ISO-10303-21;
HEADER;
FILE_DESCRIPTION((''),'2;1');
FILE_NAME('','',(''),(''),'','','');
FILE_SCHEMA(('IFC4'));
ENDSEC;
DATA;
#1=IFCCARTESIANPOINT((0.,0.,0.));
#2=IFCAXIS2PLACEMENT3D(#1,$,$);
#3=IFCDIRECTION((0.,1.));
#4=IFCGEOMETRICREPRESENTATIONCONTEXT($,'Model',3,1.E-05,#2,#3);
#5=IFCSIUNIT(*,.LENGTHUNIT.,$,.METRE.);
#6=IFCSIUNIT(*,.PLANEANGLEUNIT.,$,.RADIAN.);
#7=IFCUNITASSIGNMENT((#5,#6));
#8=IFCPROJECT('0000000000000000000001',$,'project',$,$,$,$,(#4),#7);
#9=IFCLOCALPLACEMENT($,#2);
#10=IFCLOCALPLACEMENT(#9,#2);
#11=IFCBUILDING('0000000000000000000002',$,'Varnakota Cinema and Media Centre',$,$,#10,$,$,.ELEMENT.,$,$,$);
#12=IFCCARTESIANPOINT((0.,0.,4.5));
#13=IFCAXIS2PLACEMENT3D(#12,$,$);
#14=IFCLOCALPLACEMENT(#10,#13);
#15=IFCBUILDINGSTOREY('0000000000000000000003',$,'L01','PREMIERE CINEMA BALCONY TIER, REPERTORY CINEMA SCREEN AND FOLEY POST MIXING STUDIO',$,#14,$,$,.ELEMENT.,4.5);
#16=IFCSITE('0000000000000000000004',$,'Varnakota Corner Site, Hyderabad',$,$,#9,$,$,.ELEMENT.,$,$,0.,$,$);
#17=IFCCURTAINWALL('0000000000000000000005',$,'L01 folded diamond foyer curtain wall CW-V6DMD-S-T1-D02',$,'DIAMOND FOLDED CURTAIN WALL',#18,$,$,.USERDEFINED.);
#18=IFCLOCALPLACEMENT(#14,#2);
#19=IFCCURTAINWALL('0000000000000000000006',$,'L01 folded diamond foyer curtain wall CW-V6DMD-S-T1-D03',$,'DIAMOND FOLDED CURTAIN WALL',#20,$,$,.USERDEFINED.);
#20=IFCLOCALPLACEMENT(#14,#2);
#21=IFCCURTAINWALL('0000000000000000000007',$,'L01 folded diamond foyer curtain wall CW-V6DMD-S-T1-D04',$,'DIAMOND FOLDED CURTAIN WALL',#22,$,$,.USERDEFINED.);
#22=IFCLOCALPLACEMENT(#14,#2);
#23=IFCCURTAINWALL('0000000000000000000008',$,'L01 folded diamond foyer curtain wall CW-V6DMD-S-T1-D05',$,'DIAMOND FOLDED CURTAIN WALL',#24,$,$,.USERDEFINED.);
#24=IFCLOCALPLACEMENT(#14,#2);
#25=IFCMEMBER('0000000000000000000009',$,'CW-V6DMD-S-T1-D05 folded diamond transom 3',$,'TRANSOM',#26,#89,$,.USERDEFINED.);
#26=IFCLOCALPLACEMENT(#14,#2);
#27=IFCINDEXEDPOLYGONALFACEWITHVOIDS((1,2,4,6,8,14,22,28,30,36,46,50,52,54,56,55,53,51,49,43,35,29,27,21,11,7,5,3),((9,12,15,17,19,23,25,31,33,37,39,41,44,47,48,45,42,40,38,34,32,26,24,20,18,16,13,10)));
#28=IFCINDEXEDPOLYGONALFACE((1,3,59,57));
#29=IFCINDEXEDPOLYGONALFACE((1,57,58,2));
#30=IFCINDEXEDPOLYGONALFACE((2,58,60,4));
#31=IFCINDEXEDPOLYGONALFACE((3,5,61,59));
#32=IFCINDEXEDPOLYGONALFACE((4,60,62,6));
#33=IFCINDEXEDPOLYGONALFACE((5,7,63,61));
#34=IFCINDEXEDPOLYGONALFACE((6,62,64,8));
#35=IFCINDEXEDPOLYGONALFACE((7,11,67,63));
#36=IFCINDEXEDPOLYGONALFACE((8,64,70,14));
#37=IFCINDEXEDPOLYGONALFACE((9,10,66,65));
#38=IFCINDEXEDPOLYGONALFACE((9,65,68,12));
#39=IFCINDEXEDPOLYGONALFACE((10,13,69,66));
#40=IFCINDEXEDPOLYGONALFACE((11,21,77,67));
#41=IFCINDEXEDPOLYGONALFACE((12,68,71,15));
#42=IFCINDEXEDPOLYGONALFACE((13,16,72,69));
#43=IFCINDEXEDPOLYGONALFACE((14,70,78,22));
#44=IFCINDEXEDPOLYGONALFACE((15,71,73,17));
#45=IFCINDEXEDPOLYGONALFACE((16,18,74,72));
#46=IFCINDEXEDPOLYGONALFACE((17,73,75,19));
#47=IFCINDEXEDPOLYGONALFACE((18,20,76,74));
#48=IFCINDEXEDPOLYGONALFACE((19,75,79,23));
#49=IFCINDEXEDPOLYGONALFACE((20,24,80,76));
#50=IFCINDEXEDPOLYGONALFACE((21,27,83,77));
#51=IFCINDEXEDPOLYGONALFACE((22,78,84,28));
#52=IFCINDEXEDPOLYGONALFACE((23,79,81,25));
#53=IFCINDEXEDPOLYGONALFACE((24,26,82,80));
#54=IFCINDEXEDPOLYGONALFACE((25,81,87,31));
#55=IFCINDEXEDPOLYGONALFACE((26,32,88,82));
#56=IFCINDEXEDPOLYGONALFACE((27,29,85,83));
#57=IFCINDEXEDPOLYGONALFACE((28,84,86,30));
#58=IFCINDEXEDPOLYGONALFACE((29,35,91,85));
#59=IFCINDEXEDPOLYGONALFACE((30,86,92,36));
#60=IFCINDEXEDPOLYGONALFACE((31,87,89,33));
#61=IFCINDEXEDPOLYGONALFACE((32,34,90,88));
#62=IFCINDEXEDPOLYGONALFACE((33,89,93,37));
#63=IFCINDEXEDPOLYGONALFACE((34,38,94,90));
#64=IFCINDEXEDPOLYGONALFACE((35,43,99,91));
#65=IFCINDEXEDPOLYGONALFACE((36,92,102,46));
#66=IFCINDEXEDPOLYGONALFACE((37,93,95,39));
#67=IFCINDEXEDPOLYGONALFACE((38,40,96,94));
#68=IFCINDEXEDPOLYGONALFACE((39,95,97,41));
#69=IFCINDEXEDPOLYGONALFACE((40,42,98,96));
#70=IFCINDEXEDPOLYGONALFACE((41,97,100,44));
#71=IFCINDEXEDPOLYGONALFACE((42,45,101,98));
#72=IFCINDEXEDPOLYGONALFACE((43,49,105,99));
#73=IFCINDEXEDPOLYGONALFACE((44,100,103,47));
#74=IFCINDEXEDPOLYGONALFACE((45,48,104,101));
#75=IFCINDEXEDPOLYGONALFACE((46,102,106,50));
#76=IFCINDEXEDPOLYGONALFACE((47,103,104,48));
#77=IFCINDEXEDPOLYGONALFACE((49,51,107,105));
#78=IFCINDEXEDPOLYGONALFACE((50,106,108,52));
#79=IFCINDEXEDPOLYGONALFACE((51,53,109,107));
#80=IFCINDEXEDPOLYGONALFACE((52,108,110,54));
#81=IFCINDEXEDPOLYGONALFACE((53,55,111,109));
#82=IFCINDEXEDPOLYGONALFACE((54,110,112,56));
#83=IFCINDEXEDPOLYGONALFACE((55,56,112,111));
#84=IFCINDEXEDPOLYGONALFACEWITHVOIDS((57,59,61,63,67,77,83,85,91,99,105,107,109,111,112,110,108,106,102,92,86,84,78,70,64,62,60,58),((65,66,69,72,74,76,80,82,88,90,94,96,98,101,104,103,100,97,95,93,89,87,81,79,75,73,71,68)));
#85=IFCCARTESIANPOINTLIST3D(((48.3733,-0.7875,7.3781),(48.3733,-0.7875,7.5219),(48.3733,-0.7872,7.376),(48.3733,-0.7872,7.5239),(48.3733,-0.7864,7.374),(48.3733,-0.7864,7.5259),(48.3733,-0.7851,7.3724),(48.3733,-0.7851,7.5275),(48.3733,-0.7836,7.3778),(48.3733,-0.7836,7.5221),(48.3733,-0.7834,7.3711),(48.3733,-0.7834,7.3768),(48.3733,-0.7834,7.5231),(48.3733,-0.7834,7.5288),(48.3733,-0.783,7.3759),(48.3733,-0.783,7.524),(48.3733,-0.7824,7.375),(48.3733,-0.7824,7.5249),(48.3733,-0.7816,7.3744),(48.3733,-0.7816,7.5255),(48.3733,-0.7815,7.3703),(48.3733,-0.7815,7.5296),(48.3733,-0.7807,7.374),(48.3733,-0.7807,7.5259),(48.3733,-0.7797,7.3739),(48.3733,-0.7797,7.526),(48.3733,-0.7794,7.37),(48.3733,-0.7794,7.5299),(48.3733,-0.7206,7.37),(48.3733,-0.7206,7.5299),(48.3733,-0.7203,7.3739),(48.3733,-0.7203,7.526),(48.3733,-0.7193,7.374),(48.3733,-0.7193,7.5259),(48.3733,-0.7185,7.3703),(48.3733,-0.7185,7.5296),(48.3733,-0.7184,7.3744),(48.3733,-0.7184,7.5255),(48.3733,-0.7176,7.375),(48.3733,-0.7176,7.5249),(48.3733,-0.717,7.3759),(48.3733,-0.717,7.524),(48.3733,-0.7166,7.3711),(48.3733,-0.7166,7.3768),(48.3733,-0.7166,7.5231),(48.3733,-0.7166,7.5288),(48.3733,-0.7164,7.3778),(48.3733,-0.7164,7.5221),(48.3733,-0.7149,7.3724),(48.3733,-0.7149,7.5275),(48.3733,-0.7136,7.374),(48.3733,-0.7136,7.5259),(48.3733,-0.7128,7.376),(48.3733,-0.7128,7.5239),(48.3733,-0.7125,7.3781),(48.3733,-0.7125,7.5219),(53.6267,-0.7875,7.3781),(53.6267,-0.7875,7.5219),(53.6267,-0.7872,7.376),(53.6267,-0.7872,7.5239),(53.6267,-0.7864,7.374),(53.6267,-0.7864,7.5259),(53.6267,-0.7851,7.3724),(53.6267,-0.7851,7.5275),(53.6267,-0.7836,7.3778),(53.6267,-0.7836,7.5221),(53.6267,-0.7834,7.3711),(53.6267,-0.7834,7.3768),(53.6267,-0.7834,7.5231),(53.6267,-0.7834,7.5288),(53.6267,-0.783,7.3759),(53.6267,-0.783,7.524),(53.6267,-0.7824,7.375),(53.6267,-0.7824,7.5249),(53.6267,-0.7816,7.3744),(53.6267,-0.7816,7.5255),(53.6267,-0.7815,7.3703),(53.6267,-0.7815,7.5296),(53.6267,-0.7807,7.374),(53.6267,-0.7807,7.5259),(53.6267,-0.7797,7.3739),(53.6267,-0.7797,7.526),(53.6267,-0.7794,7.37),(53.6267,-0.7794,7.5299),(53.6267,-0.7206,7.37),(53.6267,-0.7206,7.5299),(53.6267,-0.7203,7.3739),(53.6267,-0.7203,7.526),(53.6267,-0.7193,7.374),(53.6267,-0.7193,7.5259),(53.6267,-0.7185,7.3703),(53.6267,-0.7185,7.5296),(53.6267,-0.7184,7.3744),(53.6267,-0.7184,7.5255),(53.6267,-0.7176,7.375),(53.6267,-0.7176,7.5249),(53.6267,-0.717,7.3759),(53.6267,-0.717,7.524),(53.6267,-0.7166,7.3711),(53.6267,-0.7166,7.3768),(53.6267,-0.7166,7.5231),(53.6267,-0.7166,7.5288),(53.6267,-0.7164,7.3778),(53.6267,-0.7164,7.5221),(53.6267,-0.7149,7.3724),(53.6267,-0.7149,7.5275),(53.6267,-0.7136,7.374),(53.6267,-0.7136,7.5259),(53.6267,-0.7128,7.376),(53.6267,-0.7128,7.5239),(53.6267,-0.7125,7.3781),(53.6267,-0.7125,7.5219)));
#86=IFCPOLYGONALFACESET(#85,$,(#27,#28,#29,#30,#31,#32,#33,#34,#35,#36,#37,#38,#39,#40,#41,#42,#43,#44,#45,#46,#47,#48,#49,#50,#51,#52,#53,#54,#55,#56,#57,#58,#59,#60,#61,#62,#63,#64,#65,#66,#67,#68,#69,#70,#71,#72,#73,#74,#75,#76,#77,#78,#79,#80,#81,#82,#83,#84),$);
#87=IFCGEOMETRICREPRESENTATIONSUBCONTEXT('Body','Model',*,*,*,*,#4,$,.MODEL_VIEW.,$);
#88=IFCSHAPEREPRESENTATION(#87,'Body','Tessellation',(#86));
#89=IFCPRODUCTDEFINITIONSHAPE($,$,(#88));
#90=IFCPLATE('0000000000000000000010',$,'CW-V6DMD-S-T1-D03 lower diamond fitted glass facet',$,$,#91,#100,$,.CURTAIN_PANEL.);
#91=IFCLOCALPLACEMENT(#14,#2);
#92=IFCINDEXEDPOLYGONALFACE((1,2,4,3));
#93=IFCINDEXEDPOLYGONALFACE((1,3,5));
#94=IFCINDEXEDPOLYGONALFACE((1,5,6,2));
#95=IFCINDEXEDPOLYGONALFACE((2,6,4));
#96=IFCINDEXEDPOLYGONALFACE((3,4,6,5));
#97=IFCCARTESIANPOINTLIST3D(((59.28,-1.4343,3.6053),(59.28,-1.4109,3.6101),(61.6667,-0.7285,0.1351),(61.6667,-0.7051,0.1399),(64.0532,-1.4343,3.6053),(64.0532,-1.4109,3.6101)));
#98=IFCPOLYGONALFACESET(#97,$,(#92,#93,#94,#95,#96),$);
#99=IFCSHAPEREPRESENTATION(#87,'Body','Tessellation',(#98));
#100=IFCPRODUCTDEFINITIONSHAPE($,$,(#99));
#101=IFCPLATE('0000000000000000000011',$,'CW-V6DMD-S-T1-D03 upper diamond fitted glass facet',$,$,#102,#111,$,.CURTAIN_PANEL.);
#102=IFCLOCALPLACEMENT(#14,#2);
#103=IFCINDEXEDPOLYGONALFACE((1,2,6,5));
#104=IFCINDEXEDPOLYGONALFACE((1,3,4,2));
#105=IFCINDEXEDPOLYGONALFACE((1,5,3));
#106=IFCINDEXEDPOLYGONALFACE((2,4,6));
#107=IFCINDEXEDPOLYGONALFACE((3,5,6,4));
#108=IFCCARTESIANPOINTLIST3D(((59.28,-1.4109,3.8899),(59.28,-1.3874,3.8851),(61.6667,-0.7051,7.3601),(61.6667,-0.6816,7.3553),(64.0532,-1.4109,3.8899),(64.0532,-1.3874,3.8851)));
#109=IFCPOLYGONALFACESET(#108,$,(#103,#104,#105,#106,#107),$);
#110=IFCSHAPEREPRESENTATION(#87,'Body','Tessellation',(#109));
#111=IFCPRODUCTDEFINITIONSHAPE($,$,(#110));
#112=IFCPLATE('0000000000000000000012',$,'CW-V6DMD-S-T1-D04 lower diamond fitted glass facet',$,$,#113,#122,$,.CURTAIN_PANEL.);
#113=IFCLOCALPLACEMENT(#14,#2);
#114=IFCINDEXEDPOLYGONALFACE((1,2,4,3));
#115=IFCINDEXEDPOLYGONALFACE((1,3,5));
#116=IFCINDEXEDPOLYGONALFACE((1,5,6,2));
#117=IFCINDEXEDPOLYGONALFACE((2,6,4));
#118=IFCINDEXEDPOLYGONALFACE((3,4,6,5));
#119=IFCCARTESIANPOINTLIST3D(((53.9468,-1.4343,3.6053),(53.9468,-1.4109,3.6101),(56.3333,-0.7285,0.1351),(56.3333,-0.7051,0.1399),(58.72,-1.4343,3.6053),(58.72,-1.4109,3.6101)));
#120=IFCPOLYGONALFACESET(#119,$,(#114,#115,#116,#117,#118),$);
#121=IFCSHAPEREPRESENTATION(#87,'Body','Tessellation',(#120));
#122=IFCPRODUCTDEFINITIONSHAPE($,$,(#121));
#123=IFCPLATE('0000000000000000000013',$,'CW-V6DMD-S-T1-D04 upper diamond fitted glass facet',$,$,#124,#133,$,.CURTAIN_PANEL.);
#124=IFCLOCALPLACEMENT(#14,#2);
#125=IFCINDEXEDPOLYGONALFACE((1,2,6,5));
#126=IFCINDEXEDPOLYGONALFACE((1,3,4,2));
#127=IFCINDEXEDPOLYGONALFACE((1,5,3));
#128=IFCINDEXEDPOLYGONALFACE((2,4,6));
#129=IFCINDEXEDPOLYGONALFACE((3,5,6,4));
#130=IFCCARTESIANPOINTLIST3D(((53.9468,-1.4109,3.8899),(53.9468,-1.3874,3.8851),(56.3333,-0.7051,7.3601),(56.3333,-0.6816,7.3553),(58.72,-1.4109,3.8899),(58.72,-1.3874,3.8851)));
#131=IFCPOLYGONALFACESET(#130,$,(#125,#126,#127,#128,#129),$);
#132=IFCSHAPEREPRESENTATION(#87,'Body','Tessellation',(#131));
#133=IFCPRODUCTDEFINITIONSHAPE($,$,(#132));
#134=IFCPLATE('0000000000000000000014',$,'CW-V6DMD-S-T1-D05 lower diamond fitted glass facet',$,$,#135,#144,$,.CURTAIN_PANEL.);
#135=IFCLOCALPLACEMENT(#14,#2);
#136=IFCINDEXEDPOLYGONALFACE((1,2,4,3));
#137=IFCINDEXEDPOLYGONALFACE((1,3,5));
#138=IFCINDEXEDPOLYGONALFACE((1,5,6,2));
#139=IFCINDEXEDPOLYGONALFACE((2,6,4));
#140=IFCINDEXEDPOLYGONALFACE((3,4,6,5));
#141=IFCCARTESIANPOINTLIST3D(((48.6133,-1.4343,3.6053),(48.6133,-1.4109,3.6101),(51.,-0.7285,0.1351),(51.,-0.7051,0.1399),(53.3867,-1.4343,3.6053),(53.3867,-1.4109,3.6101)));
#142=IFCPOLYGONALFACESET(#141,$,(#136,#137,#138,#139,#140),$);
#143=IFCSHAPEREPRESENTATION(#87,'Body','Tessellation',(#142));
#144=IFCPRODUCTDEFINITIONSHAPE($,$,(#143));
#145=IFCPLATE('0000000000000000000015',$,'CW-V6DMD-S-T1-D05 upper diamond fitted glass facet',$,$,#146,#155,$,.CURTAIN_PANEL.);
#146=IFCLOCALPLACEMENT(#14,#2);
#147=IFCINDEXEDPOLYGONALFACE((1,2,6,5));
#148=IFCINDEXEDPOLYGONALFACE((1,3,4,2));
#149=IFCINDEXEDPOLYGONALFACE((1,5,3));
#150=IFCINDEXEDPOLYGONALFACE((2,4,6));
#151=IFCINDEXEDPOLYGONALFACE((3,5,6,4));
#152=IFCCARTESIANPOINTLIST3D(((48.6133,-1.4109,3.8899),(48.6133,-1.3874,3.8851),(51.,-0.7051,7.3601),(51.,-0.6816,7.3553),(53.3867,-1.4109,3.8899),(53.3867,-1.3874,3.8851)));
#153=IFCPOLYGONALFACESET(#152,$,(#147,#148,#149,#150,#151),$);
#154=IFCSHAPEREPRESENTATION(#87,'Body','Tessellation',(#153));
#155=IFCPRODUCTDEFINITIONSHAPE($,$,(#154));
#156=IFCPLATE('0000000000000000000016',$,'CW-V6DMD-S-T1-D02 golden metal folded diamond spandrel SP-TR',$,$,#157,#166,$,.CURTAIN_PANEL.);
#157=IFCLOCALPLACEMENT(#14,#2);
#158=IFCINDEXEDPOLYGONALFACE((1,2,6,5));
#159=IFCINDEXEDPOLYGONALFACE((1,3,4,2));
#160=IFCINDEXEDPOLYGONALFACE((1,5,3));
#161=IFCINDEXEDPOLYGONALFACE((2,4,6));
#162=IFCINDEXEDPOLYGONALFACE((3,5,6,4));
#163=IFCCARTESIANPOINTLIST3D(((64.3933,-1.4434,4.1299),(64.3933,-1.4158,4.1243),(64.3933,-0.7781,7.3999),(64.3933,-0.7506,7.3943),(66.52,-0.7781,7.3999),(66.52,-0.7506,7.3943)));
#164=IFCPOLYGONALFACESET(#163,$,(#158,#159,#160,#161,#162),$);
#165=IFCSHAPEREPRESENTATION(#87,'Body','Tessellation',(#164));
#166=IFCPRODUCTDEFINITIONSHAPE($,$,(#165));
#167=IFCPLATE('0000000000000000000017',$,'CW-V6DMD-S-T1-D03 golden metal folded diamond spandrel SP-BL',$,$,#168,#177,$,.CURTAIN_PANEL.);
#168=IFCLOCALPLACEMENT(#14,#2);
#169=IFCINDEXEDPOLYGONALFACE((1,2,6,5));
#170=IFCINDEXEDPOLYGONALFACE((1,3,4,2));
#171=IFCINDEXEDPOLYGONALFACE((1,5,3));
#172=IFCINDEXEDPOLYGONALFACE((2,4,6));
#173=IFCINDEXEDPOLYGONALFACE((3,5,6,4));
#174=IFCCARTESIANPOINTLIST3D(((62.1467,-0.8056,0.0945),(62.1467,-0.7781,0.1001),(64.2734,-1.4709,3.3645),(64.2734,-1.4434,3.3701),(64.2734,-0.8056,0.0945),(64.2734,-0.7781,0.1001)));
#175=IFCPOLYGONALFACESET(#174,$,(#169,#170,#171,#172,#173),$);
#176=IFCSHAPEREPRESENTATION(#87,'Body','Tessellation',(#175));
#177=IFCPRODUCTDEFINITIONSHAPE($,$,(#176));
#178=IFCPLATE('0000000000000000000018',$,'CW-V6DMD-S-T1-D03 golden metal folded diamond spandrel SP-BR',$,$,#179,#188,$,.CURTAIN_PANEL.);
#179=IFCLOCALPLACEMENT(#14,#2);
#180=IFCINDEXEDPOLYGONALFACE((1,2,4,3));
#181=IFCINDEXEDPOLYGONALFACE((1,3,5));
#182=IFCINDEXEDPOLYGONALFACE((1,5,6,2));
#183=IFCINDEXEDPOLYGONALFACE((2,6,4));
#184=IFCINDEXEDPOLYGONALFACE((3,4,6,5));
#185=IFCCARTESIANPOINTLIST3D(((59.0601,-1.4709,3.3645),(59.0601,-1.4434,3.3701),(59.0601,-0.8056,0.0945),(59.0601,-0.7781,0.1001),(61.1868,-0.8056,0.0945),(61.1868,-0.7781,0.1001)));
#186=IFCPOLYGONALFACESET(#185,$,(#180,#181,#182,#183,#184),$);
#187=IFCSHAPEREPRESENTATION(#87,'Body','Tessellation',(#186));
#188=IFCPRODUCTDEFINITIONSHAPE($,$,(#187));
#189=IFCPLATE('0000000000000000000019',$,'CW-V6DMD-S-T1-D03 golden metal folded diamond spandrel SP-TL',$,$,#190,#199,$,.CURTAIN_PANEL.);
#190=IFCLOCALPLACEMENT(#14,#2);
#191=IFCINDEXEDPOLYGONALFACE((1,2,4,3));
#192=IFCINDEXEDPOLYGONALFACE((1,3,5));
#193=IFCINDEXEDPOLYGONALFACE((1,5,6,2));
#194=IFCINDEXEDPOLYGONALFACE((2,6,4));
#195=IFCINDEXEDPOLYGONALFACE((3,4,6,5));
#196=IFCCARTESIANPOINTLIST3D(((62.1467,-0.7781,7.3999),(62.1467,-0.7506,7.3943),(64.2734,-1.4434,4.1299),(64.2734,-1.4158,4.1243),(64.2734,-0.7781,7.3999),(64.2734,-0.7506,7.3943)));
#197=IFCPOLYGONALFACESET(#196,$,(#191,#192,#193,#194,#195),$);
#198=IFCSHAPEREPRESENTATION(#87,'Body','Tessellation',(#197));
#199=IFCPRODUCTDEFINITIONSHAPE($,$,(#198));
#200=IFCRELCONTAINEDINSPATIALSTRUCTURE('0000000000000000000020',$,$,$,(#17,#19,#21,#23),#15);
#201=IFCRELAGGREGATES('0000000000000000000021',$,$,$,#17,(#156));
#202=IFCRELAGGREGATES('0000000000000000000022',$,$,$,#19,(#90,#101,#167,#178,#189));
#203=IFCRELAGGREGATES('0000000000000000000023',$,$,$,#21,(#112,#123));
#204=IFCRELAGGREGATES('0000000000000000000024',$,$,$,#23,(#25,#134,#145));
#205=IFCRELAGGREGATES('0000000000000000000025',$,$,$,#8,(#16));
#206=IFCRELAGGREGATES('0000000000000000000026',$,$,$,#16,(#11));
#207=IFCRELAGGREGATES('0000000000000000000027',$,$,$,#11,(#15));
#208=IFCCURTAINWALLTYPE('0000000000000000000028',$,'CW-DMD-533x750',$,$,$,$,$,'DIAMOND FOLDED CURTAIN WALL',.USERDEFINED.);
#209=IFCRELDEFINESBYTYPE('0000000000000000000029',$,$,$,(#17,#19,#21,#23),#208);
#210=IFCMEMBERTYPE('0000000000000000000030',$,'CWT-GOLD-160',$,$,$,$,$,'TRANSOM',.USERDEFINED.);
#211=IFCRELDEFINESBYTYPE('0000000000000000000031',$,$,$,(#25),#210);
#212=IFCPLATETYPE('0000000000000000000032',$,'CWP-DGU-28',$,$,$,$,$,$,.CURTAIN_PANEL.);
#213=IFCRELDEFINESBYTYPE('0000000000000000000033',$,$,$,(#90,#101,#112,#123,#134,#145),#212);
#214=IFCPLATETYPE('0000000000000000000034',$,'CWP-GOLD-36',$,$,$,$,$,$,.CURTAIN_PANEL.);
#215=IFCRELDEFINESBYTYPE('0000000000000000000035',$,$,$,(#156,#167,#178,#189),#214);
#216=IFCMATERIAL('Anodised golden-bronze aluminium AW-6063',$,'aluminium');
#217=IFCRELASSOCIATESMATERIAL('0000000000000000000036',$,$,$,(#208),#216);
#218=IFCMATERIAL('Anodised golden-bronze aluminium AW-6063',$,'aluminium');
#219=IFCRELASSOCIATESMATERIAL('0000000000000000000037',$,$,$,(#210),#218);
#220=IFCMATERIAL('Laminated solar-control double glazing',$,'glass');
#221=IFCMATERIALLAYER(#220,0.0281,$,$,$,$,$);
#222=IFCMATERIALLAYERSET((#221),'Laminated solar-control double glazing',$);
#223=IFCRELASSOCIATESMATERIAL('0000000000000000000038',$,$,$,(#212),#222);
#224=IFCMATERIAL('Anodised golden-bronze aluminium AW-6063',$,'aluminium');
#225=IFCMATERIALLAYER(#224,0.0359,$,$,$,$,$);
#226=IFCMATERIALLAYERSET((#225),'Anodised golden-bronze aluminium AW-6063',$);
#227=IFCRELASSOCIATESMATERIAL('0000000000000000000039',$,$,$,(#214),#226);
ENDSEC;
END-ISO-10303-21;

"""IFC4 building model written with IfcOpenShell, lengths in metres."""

from ifc_helpers import new_model, si_unit, direction, frame, origin, origin_2d, place, context, subcontext, project, spatial, polyline, hollow_rectangle, outline, extrude, material, layer, layer_set, material_profile, profile_set, type_object, element, aggregate, save


model = new_model("IFC4")

# Units and contexts
model_context = context("Model", 3, precision=1e-05, world=origin(), true_north=direction((0.0, 1.0)))
body_context = subcontext(model_context, "Body", "Model", "MODEL_VIEW")
ifc_project = project(units=[si_unit("LENGTHUNIT", "METRE"), si_unit("PLANEANGLEUNIT", "RADIAN")], contexts=[model_context])

# Site, building, storey
site_placement = place(None, origin())
site = spatial("IfcSite", under=ifc_project, at=site_placement, Name="Varnakota Corner Site, Hyderabad", CompositionType="ELEMENT", RefElevation=0.0)
building_placement = place(site_placement, origin())
building = spatial("IfcBuilding", under=site, at=building_placement, Name="Varnakota Cinema and Media Centre", CompositionType="ELEMENT")
storey_placement = place(building_placement, frame((0.0, 0.0, 4.5)))
storey = spatial("IfcBuildingStorey", under=building, at=storey_placement, Name="L01", Description="PREMIERE CINEMA BALCONY TIER, REPERTORY CINEMA SCREEN AND FOLEY POST MIXING STUDIO", CompositionType="ELEMENT", Elevation=4.5)

# Curtain wall
ifc_material_1 = material(Name="Anodised golden-bronze aluminium AW-6063", Category="aluminium")
curtain_wall_type = type_object("IfcCurtainWallType", Name="CW-DMD-533x750", ElementType="DIAMOND FOLDED CURTAIN WALL", PredefinedType="USERDEFINED", material=ifc_material_1)
curtain_wall_1_placement = place(storey_placement, origin())
curtain_wall_1 = element("IfcCurtainWall", 1, at=curtain_wall_1_placement, inside=storey, type_object=curtain_wall_type, Name="L01 folded diamond foyer curtain wall CW-V6DMD-S-T1-D02", ObjectType="DIAMOND FOLDED CURTAIN WALL", PredefinedType="USERDEFINED")

# Curtain walls
curtain_wall_2_placement = place(storey_placement, origin())
curtain_wall_2 = element("IfcCurtainWall", 2, at=curtain_wall_2_placement, inside=storey, type_object=curtain_wall_type, Name="L01 folded diamond foyer curtain wall CW-V6DMD-S-T1-D03", ObjectType="DIAMOND FOLDED CURTAIN WALL", PredefinedType="USERDEFINED")
curtain_wall_3_placement = place(storey_placement, origin())
curtain_wall_3 = element("IfcCurtainWall", 3, at=curtain_wall_3_placement, inside=storey, type_object=curtain_wall_type, Name="L01 folded diamond foyer curtain wall CW-V6DMD-S-T1-D04", ObjectType="DIAMOND FOLDED CURTAIN WALL", PredefinedType="USERDEFINED")

# Curtain wall
curtain_wall_4_placement = place(storey_placement, origin())
curtain_wall_4 = element("IfcCurtainWall", 4, at=curtain_wall_4_placement, inside=storey, type_object=curtain_wall_type, Name="L01 folded diamond foyer curtain wall CW-V6DMD-S-T1-D05", ObjectType="DIAMOND FOLDED CURTAIN WALL", PredefinedType="USERDEFINED")

# Member
ifc_material_2 = material(Name="Anodised golden-bronze aluminium AW-6063", Category="aluminium")
ifc_material_profile_1 = material_profile(ifc_material_2, hollow_rectangle(XDim=0.075, YDim=0.1599, WallThickness=0.0039, InnerFilletRadius=0.0039, OuterFilletRadius=0.0081, at=origin_2d()), Name="AL-TRANSOM 160x75x4")
ifc_profile_set_1 = profile_set([ifc_material_profile_1], Name="Anodised golden-bronze aluminium AW-6063")
member_type_1 = type_object("IfcMemberType", Name="CWT-GOLD-160", ElementType="TRANSOM", PredefinedType="USERDEFINED", material=ifc_profile_set_1)
member_1_placement = place(storey_placement, frame((53.6267, -0.75, 7.45), z_axis=(-1.0, 0.0, 0.0), x_axis=(0.0, -1.0, 0.0)))
member_1 = element("IfcMember", 5, at=member_1_placement, type_object=member_type_1, Name="CW-V6DMD-S-T1-D05 folded diamond transom 3", ObjectType="TRANSOM", PredefinedType="USERDEFINED", context=body_context, shape_type="SweptSolid", body=[
    extrude(hollow_rectangle(XDim=0.075, YDim=0.1599, WallThickness=0.0039, InnerFilletRadius=0.0039, OuterFilletRadius=0.0081, at=origin_2d()), origin(), (0.0, 0.0, 1.0), 5.2534),
])

# Plates
ifc_material_3 = material(Name="Laminated solar-control double glazing", Category="glass")
ifc_layer_1 = layer(ifc_material_3, 0.0281)
ifc_layer_set_1 = layer_set([ifc_layer_1], Name="Laminated solar-control double glazing")
plate_type_1 = type_object("IfcPlateType", Name="CWP-DGU-28", PredefinedType="CURTAIN_PANEL", material=ifc_layer_set_1)
plate_1_placement = place(storey_placement, frame((64.0532, -1.4109, 3.6101), z_axis=(0.0, 0.979936, 0.19931), x_axis=(-0.558849, 0.165282, -0.812632)))
plate_1 = element("IfcPlate", 6, at=plate_1_placement, type_object=plate_type_1, Name="CW-V6DMD-S-T1-D03 lower diamond fitted glass facet", PredefinedType="CURTAIN_PANEL", context=body_context, shape_type="SweptSolid", body=[
    extrude(outline(polyline([(0.0, 0.0), (4.2703, 0.0), (2.6675, 3.9583), (0.0, 0.0)])), origin(), (0.0, 0.0, -1.0), 0.0239),
])
plate_2_placement = place(storey_placement, frame((64.0532, -1.4109, 3.8899), z_axis=(0.0, -0.979936, 0.19931), x_axis=(-1.0, 0.0, 0.0)))
plate_2 = element("IfcPlate", 7, at=plate_2_placement, type_object=plate_type_1, Name="CW-V6DMD-S-T1-D03 upper diamond fitted glass facet", PredefinedType="CURTAIN_PANEL", context=body_context, shape_type="SweptSolid", body=[
    extrude(outline(polyline([(0.0, 0.0), (4.7732, 0.0), (2.3865, -3.5413), (0.0, 0.0)])), origin(), (0.0, 0.0, -1.0), 0.0239),
])
plate_3_placement = place(storey_placement, frame((58.72, -1.4109, 3.6101), z_axis=(0.0, 0.979936, 0.19931), x_axis=(-0.558888, 0.165277, -0.812606)))
plate_3 = element("IfcPlate", 8, at=plate_3_placement, type_object=plate_type_1, Name="CW-V6DMD-S-T1-D04 lower diamond fitted glass facet", PredefinedType="CURTAIN_PANEL", context=body_context, shape_type="SweptSolid", body=[
    extrude(outline(polyline([(0.0, 0.0), (4.2705, 0.0), (2.6677, 3.9581), (0.0, 0.0)])), origin(), (0.0, 0.0, -1.0), 0.0239),
])
plate_4_placement = place(storey_placement, frame((58.72, -1.4109, 3.8899), z_axis=(0.0, -0.979936, 0.19931), x_axis=(-1.0, 0.0, 0.0)))
plate_4 = element("IfcPlate", 9, at=plate_4_placement, type_object=plate_type_1, Name="CW-V6DMD-S-T1-D04 upper diamond fitted glass facet", PredefinedType="CURTAIN_PANEL", context=body_context, shape_type="SweptSolid", body=[
    extrude(outline(polyline([(0.0, 0.0), (4.7732, 0.0), (2.3867, -3.5413), (0.0, 0.0)])), origin(), (0.0, 0.0, -1.0), 0.0239),
])
plate_5_placement = place(storey_placement, frame((53.3867, -1.4109, 3.6101), z_axis=(0.0, 0.979936, 0.19931), x_axis=(-0.558888, 0.165277, -0.812606)))
plate_5 = element("IfcPlate", 10, at=plate_5_placement, type_object=plate_type_1, Name="CW-V6DMD-S-T1-D05 lower diamond fitted glass facet", PredefinedType="CURTAIN_PANEL", context=body_context, shape_type="SweptSolid", body=[
    extrude(outline(polyline([(0.0, 0.0), (4.2705, 0.0), (2.6678, 3.9583), (0.0, 0.0)])), origin(), (0.0, 0.0, -1.0), 0.0239),
])
plate_6_placement = place(storey_placement, frame((53.3867, -1.4109, 3.8899), z_axis=(0.0, -0.979936, 0.19931), x_axis=(-1.0, 0.0, 0.0)))
plate_6 = element("IfcPlate", 11, at=plate_6_placement, type_object=plate_type_1, Name="CW-V6DMD-S-T1-D05 upper diamond fitted glass facet", PredefinedType="CURTAIN_PANEL", context=body_context, shape_type="SweptSolid", body=[
    extrude(outline(polyline([(0.0, 0.0), (4.7734, 0.0), (2.3867, -3.5413), (0.0, 0.0)])), origin(), (0.0, 0.0, -1.0), 0.0239),
])
ifc_material_4 = material(Name="Anodised golden-bronze aluminium AW-6063", Category="aluminium")
ifc_layer_2 = layer(ifc_material_4, 0.0359)
ifc_layer_set_2 = layer_set([ifc_layer_2], Name="Anodised golden-bronze aluminium AW-6063")
plate_type_2 = type_object("IfcPlateType", Name="CWP-GOLD-36", PredefinedType="CURTAIN_PANEL", material=ifc_layer_set_2)
plate_7_placement = place(storey_placement, frame((64.3933, -1.4434, 4.1299), z_axis=(0.0, -0.979925, 0.199365), x_axis=(0.0, 0.199365, 0.979925)))
plate_7 = element("IfcPlate", 12, at=plate_7_placement, type_object=plate_type_2, Name="CW-V6DMD-S-T1-D02 golden metal folded diamond spandrel SP-TR", PredefinedType="CURTAIN_PANEL", context=body_context, shape_type="SweptSolid", body=[
    extrude(outline(polyline([(0.0, 0.0), (3.337, 0.0), (3.337, -2.1267), (0.0, 0.0)])), origin(), (0.0, 0.0, -1.0), 0.0281),
])
aggregate(curtain_wall_1, [plate_7])
plate_8_placement = place(storey_placement, frame((64.2734, -0.7781, 0.1001), z_axis=(0.0, 0.979925, 0.199365), x_axis=(-1.0, 0.0, 0.0)))
plate_8 = element("IfcPlate", 13, at=plate_8_placement, type_object=plate_type_2, Name="CW-V6DMD-S-T1-D03 golden metal folded diamond spandrel SP-BL", PredefinedType="CURTAIN_PANEL", context=body_context, shape_type="SweptSolid", body=[
    extrude(outline(polyline([(0.0, 0.0), (2.1267, 0.0), (0.0, 3.337), (0.0, 0.0)])), origin(), (0.0, 0.0, -1.0), 0.0281),
])
plate_9_placement = place(storey_placement, frame((61.1868, -0.7781, 0.1001), z_axis=(0.0, 0.979925, 0.199365), x_axis=(-1.0, 0.0, 0.0)))
plate_9 = element("IfcPlate", 14, at=plate_9_placement, type_object=plate_type_2, Name="CW-V6DMD-S-T1-D03 golden metal folded diamond spandrel SP-BR", PredefinedType="CURTAIN_PANEL", context=body_context, shape_type="SweptSolid", body=[
    extrude(outline(polyline([(0.0, 0.0), (2.1267, 0.0), (2.1267, 3.337), (0.0, 0.0)])), origin(), (0.0, 0.0, -1.0), 0.0281),
])
plate_10_placement = place(storey_placement, frame((64.2734, -1.4434, 4.1299), z_axis=(0.0, -0.979925, 0.199365), x_axis=(-0.537443, 0.168125, 0.826371)))
plate_10 = element("IfcPlate", 15, at=plate_10_placement, type_object=plate_type_2, Name="CW-V6DMD-S-T1-D03 golden metal folded diamond spandrel SP-TL", PredefinedType="CURTAIN_PANEL", context=body_context, shape_type="SweptSolid", body=[
    extrude(outline(polyline([(0.0, 0.0), (3.9571, 0.0), (2.8141, -1.7935), (0.0, 0.0)])), origin(), (0.0, 0.0, -1.0), 0.0281),
])
aggregate(curtain_wall_2, [plate_1, plate_2, plate_8, plate_9, plate_10])
aggregate(curtain_wall_3, [plate_3, plate_4])
aggregate(curtain_wall_4, [member_1, plate_5, plate_6])

save(model, "model.ifc")
